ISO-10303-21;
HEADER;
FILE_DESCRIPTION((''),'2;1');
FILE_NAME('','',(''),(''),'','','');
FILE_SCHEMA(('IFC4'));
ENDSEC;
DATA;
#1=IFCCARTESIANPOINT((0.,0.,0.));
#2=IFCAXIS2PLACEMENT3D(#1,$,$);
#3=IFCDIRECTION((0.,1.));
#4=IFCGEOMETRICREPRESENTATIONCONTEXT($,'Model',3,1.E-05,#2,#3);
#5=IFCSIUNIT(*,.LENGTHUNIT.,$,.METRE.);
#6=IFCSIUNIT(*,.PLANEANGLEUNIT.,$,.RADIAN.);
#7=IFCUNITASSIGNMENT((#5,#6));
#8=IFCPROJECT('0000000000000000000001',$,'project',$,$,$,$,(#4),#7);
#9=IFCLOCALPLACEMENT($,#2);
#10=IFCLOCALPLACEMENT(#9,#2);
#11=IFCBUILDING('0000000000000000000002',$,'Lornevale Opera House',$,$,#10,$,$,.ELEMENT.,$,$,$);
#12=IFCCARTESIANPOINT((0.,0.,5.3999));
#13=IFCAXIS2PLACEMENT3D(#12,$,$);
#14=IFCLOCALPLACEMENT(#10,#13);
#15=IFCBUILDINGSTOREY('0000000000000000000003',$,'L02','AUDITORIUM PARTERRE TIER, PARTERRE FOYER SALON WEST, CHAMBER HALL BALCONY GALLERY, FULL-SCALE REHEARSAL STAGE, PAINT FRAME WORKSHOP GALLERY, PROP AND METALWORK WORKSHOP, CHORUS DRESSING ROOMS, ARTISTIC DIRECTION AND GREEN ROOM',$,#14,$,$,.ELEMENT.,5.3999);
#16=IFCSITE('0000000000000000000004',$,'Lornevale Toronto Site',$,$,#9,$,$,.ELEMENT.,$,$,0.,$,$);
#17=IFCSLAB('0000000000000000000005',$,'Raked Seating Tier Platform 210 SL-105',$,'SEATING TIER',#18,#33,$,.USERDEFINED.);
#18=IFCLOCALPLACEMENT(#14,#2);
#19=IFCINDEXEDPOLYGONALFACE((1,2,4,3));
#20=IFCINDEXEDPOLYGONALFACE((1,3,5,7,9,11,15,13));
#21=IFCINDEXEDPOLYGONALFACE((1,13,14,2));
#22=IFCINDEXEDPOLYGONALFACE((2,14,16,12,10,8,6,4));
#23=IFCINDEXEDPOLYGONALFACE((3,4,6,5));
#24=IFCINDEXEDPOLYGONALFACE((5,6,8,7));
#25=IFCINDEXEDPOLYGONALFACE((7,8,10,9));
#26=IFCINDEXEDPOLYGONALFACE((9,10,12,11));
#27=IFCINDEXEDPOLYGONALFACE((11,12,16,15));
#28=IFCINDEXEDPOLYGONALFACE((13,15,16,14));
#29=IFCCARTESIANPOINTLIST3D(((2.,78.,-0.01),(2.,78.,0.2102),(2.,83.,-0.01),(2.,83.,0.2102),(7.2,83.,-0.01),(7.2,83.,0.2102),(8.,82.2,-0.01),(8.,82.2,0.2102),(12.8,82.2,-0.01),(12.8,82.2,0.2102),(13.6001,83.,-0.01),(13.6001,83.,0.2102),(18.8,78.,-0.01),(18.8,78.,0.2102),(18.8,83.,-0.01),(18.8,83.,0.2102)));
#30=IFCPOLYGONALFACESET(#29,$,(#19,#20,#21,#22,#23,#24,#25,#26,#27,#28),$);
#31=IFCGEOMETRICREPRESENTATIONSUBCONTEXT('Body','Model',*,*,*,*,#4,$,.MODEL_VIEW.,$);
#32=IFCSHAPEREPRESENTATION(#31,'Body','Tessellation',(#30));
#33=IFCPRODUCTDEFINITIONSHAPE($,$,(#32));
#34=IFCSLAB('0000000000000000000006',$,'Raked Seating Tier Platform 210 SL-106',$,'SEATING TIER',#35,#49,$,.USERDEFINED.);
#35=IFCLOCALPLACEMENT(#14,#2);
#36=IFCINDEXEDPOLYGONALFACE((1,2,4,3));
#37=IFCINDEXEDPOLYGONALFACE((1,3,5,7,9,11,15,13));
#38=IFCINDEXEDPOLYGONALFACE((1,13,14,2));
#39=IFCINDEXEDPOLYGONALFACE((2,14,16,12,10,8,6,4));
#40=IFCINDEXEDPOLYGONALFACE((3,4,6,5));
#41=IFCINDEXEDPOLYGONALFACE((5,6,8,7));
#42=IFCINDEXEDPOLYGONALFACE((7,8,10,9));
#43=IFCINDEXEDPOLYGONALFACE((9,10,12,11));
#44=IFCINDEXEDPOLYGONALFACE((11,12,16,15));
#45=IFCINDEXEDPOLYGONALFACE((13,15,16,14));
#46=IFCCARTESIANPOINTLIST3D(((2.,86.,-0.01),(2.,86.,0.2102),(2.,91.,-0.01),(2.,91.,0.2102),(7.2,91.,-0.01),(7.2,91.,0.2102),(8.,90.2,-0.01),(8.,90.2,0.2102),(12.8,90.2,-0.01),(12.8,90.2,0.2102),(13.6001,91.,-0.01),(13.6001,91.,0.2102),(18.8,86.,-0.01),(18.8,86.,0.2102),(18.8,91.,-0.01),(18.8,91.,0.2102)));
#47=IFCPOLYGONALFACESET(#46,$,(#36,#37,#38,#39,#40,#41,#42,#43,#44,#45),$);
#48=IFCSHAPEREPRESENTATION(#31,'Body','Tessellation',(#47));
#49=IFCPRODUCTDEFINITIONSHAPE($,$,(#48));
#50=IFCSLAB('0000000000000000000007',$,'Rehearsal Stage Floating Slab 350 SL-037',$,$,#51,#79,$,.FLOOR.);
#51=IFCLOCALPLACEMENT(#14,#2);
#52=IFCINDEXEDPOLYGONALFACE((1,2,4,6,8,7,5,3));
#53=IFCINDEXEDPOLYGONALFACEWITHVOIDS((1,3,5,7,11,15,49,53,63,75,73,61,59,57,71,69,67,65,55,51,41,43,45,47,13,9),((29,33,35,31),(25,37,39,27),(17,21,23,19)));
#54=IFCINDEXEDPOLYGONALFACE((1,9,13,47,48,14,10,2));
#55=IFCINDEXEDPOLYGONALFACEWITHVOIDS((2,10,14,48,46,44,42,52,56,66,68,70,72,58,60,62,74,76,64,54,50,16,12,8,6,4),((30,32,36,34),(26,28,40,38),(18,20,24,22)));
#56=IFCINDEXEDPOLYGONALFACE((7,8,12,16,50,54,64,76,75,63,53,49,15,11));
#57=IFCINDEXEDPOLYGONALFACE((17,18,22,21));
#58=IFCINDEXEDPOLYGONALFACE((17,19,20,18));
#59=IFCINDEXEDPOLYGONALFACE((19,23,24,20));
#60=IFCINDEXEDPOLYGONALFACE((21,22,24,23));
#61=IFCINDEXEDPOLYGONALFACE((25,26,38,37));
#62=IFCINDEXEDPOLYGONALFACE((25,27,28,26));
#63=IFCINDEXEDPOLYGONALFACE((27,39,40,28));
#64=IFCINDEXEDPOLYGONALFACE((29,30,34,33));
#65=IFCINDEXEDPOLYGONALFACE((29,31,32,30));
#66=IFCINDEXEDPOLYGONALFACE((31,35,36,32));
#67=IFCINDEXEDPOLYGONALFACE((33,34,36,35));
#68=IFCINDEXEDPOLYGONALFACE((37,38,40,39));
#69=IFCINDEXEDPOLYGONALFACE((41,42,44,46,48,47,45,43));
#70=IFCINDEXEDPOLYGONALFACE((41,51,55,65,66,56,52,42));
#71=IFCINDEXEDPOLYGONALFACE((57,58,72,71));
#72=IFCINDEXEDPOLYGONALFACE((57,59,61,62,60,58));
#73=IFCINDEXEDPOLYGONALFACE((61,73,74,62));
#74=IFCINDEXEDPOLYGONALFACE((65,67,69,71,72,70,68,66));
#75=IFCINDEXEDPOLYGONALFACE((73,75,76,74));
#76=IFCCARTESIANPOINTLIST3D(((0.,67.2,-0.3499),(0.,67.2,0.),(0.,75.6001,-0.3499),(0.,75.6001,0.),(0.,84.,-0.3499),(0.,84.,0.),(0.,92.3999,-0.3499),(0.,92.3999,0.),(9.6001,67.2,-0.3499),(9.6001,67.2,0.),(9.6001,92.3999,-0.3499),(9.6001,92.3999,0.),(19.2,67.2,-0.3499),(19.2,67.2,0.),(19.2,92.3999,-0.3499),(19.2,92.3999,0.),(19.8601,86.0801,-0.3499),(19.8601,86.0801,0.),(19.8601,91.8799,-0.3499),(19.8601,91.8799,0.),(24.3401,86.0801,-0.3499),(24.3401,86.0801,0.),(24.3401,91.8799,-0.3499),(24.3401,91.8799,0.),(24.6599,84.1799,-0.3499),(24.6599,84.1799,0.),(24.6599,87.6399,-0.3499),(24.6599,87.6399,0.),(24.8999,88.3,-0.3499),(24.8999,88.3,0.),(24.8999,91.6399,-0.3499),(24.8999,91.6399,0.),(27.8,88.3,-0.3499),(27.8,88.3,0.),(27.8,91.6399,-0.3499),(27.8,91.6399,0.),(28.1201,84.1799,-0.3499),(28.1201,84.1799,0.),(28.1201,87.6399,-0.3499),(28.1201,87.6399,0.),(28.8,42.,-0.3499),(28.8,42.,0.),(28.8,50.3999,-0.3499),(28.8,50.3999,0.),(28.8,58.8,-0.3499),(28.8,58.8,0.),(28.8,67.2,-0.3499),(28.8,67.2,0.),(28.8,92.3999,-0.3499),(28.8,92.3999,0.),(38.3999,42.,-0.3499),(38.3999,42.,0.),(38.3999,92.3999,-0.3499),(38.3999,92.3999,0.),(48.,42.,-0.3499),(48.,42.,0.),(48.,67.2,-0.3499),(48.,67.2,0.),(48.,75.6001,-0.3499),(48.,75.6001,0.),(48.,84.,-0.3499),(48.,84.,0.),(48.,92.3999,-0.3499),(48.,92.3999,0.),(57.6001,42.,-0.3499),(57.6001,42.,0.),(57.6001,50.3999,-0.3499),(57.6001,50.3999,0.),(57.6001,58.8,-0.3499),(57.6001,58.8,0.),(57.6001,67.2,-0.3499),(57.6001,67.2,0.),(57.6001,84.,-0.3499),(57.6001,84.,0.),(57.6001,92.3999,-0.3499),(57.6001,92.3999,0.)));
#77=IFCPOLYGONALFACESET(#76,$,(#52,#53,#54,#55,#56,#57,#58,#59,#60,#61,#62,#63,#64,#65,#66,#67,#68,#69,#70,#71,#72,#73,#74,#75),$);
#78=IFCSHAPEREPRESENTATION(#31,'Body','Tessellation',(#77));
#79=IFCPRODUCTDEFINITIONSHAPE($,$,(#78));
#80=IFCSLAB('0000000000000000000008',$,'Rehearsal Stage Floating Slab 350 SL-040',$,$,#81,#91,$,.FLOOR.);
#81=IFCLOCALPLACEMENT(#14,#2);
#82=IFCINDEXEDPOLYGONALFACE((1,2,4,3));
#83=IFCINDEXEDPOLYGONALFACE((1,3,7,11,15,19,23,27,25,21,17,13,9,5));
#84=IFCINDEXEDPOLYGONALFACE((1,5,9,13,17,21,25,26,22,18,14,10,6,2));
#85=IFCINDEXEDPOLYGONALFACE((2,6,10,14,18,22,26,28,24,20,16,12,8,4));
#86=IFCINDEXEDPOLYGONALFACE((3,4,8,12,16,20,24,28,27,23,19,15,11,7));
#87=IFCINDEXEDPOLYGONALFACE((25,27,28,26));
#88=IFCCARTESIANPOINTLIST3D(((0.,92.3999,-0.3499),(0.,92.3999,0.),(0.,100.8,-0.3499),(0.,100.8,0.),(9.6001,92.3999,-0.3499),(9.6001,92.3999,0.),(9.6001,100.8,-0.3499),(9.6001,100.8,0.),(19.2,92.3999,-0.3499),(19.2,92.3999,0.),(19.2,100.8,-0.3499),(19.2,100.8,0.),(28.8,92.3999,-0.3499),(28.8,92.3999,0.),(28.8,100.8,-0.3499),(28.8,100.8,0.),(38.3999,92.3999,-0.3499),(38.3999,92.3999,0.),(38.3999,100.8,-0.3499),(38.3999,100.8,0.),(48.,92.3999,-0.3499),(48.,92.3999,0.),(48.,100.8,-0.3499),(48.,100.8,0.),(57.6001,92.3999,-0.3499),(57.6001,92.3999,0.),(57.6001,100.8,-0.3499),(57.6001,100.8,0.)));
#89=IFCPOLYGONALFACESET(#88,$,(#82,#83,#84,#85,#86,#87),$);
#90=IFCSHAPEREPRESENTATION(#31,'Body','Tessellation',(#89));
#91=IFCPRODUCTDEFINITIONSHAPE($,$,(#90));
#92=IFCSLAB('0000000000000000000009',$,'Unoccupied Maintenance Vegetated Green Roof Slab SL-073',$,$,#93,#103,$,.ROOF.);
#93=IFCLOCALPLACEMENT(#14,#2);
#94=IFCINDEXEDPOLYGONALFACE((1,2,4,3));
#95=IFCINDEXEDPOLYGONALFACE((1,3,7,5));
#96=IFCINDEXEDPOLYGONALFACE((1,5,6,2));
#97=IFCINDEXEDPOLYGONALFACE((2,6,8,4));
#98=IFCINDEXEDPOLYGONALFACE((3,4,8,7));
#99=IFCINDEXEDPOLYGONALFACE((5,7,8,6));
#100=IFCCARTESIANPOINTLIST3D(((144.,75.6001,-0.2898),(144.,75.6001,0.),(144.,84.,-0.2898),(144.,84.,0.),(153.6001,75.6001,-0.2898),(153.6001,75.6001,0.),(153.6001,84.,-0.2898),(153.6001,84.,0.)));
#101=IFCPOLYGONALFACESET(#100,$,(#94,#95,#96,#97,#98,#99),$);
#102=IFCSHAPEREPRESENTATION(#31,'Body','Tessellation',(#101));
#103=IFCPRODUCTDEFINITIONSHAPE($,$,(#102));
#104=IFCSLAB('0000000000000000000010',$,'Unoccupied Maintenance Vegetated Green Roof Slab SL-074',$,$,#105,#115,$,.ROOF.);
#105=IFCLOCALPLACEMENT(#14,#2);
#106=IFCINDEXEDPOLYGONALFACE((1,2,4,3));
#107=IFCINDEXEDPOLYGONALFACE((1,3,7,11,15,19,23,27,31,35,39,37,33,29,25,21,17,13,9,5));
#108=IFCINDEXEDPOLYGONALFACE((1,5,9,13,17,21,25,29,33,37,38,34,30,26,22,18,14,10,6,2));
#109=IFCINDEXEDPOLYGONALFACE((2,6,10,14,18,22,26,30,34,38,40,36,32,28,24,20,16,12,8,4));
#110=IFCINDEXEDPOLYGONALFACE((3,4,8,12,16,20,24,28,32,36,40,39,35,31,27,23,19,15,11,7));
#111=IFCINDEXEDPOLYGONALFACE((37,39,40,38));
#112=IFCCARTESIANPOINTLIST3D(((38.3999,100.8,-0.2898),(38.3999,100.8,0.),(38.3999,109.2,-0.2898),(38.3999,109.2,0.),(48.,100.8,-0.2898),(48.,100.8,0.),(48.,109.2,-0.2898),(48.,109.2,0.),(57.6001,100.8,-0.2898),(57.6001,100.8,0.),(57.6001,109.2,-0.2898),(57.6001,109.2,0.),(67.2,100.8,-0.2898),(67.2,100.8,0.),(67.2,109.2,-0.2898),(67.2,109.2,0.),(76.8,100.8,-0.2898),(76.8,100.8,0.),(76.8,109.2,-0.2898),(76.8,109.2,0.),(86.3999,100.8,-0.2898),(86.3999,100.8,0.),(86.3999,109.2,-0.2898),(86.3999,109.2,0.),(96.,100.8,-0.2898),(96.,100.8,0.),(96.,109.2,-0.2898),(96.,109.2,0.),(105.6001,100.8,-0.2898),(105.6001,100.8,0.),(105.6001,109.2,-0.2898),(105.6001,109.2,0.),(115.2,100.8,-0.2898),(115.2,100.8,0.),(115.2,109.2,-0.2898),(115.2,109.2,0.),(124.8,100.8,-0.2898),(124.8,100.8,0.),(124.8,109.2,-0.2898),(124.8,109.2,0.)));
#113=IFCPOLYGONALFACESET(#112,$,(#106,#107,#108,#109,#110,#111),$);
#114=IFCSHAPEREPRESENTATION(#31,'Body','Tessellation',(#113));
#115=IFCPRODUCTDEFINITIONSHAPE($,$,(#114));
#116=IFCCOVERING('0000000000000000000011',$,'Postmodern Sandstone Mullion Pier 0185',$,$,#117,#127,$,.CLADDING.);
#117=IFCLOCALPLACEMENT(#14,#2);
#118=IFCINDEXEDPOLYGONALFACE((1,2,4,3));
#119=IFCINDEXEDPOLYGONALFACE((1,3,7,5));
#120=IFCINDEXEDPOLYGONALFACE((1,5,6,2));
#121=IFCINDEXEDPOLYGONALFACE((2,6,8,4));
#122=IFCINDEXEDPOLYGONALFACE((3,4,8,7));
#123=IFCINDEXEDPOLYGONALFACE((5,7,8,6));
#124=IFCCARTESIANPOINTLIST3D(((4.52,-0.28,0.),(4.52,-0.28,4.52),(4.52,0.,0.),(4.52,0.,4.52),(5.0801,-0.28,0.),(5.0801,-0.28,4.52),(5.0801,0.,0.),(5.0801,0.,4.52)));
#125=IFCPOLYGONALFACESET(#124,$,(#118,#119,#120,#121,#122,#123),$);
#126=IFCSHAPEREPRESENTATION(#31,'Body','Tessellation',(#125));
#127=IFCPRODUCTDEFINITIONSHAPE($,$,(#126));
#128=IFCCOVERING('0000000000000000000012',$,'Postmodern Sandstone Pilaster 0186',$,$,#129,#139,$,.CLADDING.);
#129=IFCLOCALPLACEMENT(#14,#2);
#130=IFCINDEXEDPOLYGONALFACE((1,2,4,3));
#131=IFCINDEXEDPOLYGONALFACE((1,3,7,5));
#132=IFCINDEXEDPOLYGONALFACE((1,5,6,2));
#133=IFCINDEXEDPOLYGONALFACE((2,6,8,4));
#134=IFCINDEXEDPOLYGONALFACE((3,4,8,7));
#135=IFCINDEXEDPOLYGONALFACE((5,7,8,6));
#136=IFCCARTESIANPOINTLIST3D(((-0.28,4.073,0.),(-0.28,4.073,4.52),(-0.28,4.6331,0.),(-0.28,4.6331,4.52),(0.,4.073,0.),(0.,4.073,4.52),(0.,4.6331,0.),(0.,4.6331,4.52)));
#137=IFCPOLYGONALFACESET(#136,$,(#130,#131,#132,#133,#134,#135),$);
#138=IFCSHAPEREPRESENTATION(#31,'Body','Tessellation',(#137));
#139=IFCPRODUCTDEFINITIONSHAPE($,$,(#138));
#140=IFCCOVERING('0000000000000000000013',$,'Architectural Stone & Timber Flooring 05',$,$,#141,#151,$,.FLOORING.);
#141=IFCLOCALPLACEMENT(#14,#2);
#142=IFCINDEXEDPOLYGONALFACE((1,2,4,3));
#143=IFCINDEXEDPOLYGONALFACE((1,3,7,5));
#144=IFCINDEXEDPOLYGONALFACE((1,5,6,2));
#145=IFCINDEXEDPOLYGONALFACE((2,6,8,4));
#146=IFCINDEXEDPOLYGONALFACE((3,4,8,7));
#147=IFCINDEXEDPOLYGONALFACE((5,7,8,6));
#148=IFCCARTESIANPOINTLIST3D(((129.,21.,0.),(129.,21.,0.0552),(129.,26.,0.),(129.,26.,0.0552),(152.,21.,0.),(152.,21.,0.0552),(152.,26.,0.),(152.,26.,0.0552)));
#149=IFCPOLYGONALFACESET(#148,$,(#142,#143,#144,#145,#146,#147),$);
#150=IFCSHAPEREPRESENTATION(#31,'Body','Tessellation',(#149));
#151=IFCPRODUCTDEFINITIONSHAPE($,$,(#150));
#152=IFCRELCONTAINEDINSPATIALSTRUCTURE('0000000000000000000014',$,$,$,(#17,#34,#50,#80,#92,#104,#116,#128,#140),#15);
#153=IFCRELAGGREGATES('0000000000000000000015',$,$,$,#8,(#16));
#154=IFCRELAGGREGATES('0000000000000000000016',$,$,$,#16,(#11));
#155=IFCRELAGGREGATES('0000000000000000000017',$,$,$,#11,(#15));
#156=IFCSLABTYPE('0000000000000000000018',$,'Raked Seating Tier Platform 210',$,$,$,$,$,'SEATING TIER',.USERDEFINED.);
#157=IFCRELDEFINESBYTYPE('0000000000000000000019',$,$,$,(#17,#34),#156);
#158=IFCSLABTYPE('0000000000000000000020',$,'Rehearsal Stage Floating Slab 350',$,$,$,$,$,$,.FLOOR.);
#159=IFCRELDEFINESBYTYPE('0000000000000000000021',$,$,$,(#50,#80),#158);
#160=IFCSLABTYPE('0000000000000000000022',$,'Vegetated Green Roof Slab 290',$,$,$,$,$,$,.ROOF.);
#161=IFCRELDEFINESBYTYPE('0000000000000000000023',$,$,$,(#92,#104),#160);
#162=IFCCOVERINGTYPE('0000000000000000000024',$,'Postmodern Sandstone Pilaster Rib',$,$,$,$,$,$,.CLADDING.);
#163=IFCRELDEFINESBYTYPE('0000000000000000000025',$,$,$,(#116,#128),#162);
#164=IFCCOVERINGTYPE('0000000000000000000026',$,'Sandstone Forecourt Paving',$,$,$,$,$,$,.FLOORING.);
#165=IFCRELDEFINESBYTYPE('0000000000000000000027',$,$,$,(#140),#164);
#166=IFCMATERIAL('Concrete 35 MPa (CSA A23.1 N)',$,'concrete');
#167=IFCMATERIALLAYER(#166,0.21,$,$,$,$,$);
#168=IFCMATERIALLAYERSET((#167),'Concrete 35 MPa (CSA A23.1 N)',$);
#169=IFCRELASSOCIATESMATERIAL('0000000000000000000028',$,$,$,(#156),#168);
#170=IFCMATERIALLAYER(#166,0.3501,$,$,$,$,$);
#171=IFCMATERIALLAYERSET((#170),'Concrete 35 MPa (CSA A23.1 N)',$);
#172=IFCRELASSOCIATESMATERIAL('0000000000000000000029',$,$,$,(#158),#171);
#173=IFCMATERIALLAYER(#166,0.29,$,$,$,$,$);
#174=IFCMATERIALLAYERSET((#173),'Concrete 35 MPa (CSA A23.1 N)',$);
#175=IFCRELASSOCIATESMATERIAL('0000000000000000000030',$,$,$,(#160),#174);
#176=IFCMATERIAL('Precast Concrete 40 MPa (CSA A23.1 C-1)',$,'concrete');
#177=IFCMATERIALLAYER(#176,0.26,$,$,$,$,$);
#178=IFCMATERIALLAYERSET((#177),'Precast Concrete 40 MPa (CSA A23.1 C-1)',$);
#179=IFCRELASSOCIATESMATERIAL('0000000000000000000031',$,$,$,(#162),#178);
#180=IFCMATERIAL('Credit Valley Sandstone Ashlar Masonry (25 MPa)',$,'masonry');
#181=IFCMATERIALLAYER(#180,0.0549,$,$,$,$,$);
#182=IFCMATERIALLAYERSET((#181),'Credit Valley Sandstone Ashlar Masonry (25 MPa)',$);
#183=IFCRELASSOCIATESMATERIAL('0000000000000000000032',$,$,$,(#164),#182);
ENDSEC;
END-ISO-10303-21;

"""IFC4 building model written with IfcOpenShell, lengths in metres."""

from ifc_helpers import new_model, si_unit, direction, frame, origin, place, context, subcontext, project, spatial, polyline, outline, extrude, material, layer, layer_set, type_object, element, save


model = new_model("IFC4")

# Units and contexts
model_context = context("Model", 3, precision=1e-05, world=origin(), true_north=direction((0.0, 1.0)))
body_context = subcontext(model_context, "Body", "Model", "MODEL_VIEW")
ifc_project = project(units=[si_unit("LENGTHUNIT", "METRE"), si_unit("PLANEANGLEUNIT", "RADIAN")], contexts=[model_context])

# Site, building, storey
site_placement = place(None, origin())
site = spatial("IfcSite", under=ifc_project, at=site_placement, Name="Lornevale Toronto Site", CompositionType="ELEMENT", RefElevation=0.0)
building_placement = place(site_placement, origin())
building = spatial("IfcBuilding", under=site, at=building_placement, Name="Lornevale Opera House", CompositionType="ELEMENT")
storey_placement = place(building_placement, frame((0.0, 0.0, 5.3999)))
storey = spatial("IfcBuildingStorey", under=building, at=storey_placement, Name="L02", Description="AUDITORIUM PARTERRE TIER, PARTERRE FOYER SALON WEST, CHAMBER HALL BALCONY GALLERY, FULL-SCALE REHEARSAL STAGE, PAINT FRAME WORKSHOP GALLERY, PROP AND METALWORK WORKSHOP, CHORUS DRESSING ROOMS, ARTISTIC DIRECTION AND GREEN ROOM", CompositionType="ELEMENT", Elevation=5.3999)

# Shared definitions
ifc_material_1 = material(Name="Precast Concrete 40 MPa (CSA A23.1 C-1)", Category="concrete")

# Slabs
ifc_material_2 = material(Name="Concrete 35 MPa (CSA A23.1 N)", Category="concrete")
ifc_layer_1 = layer(ifc_material_2, 0.21)
ifc_layer_set_1 = layer_set([ifc_layer_1], Name="Concrete 35 MPa (CSA A23.1 N)")
slab_type_1 = type_object("IfcSlabType", Name="Raked Seating Tier Platform 210", ElementType="SEATING TIER", PredefinedType="USERDEFINED", material=ifc_layer_set_1)
slab_1_placement = place(storey_placement, frame((0.0, 0.0, -0.01)))
element("IfcSlab", 1, at=slab_1_placement, inside=storey, type_object=slab_type_1, Name="Raked Seating Tier Platform 210 SL-105", ObjectType="SEATING TIER", PredefinedType="USERDEFINED", context=body_context, shape_type="SweptSolid", body=[
    extrude(outline(polyline([(2.0, 78.0), (18.8, 78.0), (18.8, 83.0), (13.6001, 83.0), (12.8, 82.2), (8.0, 82.2), (7.2, 83.0), (2.0, 83.0), (2.0, 78.0)])), origin(), (0.0, 0.0, 1.0), 0.2202),
])
slab_2_placement = place(storey_placement, frame((0.0, 0.0, -0.01)))
element("IfcSlab", 2, at=slab_2_placement, inside=storey, type_object=slab_type_1, Name="Raked Seating Tier Platform 210 SL-106", ObjectType="SEATING TIER", PredefinedType="USERDEFINED", context=body_context, shape_type="SweptSolid", body=[
    extrude(outline(polyline([(2.0, 86.0), (18.8, 86.0), (18.8, 91.0), (13.6001, 91.0), (12.8, 90.2), (8.0, 90.2), (7.2, 91.0), (2.0, 91.0), (2.0, 86.0)])), origin(), (0.0, 0.0, 1.0), 0.2202),
])
ifc_layer_2 = layer(ifc_material_2, 0.3501)
ifc_layer_set_2 = layer_set([ifc_layer_2], Name="Concrete 35 MPa (CSA A23.1 N)")
slab_type_2 = type_object("IfcSlabType", Name="Rehearsal Stage Floating Slab 350", PredefinedType="FLOOR", material=ifc_layer_set_2)
slab_3_placement = place(storey_placement, frame((0.0, 0.0, -0.3499)))
element("IfcSlab", 3, at=slab_3_placement, inside=storey, type_object=slab_type_2, Name="Rehearsal Stage Floating Slab 350 SL-037", PredefinedType="FLOOR", context=body_context, shape_type="SweptSolid", body=[
    extrude(outline(polyline([(9.6001, 67.2), (0.0, 67.2), (0.0, 75.6001), (0.0, 84.0), (0.0, 92.3999), (9.6001, 92.3999), (19.2, 92.3999), (28.8, 92.3999), (38.3999, 92.3999), (48.0, 92.3999), (57.6001, 92.3999), (57.6001, 84.0), (48.0, 84.0), (48.0, 75.6001), (48.0, 67.2), (57.6001, 67.2), (57.6001, 58.8), (57.6001, 50.3999), (57.6001, 42.0), (48.0, 42.0), (38.3999, 42.0), (28.8, 42.0), (28.8, 50.3999), (28.8, 58.8), (28.8, 67.2), (19.2, 67.2), (9.6001, 67.2)]), holes=[polyline([(24.6599, 84.1799), (28.1201, 84.1799), (28.1201, 87.6399), (24.6599, 87.6399), (24.6599, 84.1799)]), polyline([(19.8601, 86.0801), (24.3401, 86.0801), (24.3401, 91.8799), (19.8601, 91.8799), (19.8601, 86.0801)]), polyline([(24.8999, 88.3), (27.8, 88.3), (27.8, 91.6399), (24.8999, 91.6399), (24.8999, 88.3)])]), origin(), (0.0, 0.0, 1.0), 0.3499),
])
slab_4_placement = place(storey_placement, frame((0.0, 0.0, -0.3499)))
element("IfcSlab", 4, at=slab_4_placement, inside=storey, type_object=slab_type_2, Name="Rehearsal Stage Floating Slab 350 SL-040", PredefinedType="FLOOR", context=body_context, shape_type="SweptSolid", body=[
    extrude(outline(polyline([(0.0, 100.8), (9.6001, 100.8), (19.2, 100.8), (28.8, 100.8), (38.3999, 100.8), (48.0, 100.8), (57.6001, 100.8), (57.6001, 92.3999), (48.0, 92.3999), (38.3999, 92.3999), (28.8, 92.3999), (19.2, 92.3999), (9.6001, 92.3999), (0.0, 92.3999), (0.0, 100.8)])), origin(), (0.0, 0.0, 1.0), 0.3499),
])
ifc_layer_3 = layer(ifc_material_2, 0.29)
ifc_layer_set_3 = layer_set([ifc_layer_3], Name="Concrete 35 MPa (CSA A23.1 N)")
slab_type_3 = type_object("IfcSlabType", Name="Vegetated Green Roof Slab 290", PredefinedType="ROOF", material=ifc_layer_set_3)
slab_5_placement = place(storey_placement, frame((0.0, 0.0, -0.2898)))
element("IfcSlab", 5, at=slab_5_placement, inside=storey, type_object=slab_type_3, Name="Unoccupied Maintenance Vegetated Green Roof Slab SL-073", PredefinedType="ROOF", context=body_context, shape_type="SweptSolid", body=[
    extrude(outline(polyline([(153.6001, 84.0), (153.6001, 75.6001), (144.0, 75.6001), (144.0, 84.0), (153.6001, 84.0)])), origin(), (0.0, 0.0, 1.0), 0.2898),
])
slab_6_placement = place(storey_placement, frame((0.0, 0.0, -0.2898)))
element("IfcSlab", 6, at=slab_6_placement, inside=storey, type_object=slab_type_3, Name="Unoccupied Maintenance Vegetated Green Roof Slab SL-074", PredefinedType="ROOF", context=body_context, shape_type="SweptSolid", body=[
    extrude(outline(polyline([(48.0, 109.2), (57.6001, 109.2), (67.2, 109.2), (76.8, 109.2), (86.3999, 109.2), (96.0, 109.2), (105.6001, 109.2), (115.2, 109.2), (124.8, 109.2), (124.8, 100.8), (115.2, 100.8), (105.6001, 100.8), (96.0, 100.8), (86.3999, 100.8), (76.8, 100.8), (67.2, 100.8), (57.6001, 100.8), (48.0, 100.8), (38.3999, 100.8), (38.3999, 109.2), (48.0, 109.2)])), origin(), (0.0, 0.0, 1.0), 0.2898),
])

# Coverings
ifc_layer_4 = layer(ifc_material_1, 0.26)
ifc_layer_set_4 = layer_set([ifc_layer_4], Name="Precast Concrete 40 MPa (CSA A23.1 C-1)")
covering_type_1 = type_object("IfcCoveringType", Name="Postmodern Sandstone Pilaster Rib", PredefinedType="CLADDING", material=ifc_layer_set_4)
covering_1_placement = place(storey_placement, origin())
element("IfcCovering", 7, at=covering_1_placement, inside=storey, type_object=covering_type_1, Name="Postmodern Sandstone Mullion Pier 0185", PredefinedType="CLADDING", context=body_context, shape_type="SweptSolid", body=[
    extrude(outline(polyline([(5.0801, 0.0), (4.52, 0.0), (4.52, -0.28), (5.0801, -0.28), (5.0801, 0.0)])), origin(), (0.0, 0.0, 1.0), 4.52),
])
covering_2_placement = place(storey_placement, origin())
element("IfcCovering", 8, at=covering_2_placement, inside=storey, type_object=covering_type_1, Name="Postmodern Sandstone Pilaster 0186", PredefinedType="CLADDING", context=body_context, shape_type="SweptSolid", body=[
    extrude(outline(polyline([(0.0, 4.073), (0.0, 4.6331), (-0.28, 4.6331), (-0.28, 4.073), (0.0, 4.073)])), origin(), (0.0, 0.0, 1.0), 4.52),
])
ifc_material_3 = material(Name="Credit Valley Sandstone Ashlar Masonry (25 MPa)", Category="masonry")
ifc_layer_5 = layer(ifc_material_3, 0.0549)
ifc_layer_set_5 = layer_set([ifc_layer_5], Name="Credit Valley Sandstone Ashlar Masonry (25 MPa)")
covering_type_2 = type_object("IfcCoveringType", Name="Sandstone Forecourt Paving", PredefinedType="FLOORING", material=ifc_layer_set_5)
covering_3_placement = place(storey_placement, origin())
element("IfcCovering", 9, at=covering_3_placement, inside=storey, type_object=covering_type_2, Name="Architectural Stone & Timber Flooring 05", PredefinedType="FLOORING", context=body_context, shape_type="SweptSolid", body=[
    extrude(outline(polyline([(129.0, 21.0), (152.0, 21.0), (152.0, 26.0), (129.0, 26.0), (129.0, 21.0)])), origin(), (0.0, 0.0, 1.0), 0.0552),
])

save(model, "model.ifc")
